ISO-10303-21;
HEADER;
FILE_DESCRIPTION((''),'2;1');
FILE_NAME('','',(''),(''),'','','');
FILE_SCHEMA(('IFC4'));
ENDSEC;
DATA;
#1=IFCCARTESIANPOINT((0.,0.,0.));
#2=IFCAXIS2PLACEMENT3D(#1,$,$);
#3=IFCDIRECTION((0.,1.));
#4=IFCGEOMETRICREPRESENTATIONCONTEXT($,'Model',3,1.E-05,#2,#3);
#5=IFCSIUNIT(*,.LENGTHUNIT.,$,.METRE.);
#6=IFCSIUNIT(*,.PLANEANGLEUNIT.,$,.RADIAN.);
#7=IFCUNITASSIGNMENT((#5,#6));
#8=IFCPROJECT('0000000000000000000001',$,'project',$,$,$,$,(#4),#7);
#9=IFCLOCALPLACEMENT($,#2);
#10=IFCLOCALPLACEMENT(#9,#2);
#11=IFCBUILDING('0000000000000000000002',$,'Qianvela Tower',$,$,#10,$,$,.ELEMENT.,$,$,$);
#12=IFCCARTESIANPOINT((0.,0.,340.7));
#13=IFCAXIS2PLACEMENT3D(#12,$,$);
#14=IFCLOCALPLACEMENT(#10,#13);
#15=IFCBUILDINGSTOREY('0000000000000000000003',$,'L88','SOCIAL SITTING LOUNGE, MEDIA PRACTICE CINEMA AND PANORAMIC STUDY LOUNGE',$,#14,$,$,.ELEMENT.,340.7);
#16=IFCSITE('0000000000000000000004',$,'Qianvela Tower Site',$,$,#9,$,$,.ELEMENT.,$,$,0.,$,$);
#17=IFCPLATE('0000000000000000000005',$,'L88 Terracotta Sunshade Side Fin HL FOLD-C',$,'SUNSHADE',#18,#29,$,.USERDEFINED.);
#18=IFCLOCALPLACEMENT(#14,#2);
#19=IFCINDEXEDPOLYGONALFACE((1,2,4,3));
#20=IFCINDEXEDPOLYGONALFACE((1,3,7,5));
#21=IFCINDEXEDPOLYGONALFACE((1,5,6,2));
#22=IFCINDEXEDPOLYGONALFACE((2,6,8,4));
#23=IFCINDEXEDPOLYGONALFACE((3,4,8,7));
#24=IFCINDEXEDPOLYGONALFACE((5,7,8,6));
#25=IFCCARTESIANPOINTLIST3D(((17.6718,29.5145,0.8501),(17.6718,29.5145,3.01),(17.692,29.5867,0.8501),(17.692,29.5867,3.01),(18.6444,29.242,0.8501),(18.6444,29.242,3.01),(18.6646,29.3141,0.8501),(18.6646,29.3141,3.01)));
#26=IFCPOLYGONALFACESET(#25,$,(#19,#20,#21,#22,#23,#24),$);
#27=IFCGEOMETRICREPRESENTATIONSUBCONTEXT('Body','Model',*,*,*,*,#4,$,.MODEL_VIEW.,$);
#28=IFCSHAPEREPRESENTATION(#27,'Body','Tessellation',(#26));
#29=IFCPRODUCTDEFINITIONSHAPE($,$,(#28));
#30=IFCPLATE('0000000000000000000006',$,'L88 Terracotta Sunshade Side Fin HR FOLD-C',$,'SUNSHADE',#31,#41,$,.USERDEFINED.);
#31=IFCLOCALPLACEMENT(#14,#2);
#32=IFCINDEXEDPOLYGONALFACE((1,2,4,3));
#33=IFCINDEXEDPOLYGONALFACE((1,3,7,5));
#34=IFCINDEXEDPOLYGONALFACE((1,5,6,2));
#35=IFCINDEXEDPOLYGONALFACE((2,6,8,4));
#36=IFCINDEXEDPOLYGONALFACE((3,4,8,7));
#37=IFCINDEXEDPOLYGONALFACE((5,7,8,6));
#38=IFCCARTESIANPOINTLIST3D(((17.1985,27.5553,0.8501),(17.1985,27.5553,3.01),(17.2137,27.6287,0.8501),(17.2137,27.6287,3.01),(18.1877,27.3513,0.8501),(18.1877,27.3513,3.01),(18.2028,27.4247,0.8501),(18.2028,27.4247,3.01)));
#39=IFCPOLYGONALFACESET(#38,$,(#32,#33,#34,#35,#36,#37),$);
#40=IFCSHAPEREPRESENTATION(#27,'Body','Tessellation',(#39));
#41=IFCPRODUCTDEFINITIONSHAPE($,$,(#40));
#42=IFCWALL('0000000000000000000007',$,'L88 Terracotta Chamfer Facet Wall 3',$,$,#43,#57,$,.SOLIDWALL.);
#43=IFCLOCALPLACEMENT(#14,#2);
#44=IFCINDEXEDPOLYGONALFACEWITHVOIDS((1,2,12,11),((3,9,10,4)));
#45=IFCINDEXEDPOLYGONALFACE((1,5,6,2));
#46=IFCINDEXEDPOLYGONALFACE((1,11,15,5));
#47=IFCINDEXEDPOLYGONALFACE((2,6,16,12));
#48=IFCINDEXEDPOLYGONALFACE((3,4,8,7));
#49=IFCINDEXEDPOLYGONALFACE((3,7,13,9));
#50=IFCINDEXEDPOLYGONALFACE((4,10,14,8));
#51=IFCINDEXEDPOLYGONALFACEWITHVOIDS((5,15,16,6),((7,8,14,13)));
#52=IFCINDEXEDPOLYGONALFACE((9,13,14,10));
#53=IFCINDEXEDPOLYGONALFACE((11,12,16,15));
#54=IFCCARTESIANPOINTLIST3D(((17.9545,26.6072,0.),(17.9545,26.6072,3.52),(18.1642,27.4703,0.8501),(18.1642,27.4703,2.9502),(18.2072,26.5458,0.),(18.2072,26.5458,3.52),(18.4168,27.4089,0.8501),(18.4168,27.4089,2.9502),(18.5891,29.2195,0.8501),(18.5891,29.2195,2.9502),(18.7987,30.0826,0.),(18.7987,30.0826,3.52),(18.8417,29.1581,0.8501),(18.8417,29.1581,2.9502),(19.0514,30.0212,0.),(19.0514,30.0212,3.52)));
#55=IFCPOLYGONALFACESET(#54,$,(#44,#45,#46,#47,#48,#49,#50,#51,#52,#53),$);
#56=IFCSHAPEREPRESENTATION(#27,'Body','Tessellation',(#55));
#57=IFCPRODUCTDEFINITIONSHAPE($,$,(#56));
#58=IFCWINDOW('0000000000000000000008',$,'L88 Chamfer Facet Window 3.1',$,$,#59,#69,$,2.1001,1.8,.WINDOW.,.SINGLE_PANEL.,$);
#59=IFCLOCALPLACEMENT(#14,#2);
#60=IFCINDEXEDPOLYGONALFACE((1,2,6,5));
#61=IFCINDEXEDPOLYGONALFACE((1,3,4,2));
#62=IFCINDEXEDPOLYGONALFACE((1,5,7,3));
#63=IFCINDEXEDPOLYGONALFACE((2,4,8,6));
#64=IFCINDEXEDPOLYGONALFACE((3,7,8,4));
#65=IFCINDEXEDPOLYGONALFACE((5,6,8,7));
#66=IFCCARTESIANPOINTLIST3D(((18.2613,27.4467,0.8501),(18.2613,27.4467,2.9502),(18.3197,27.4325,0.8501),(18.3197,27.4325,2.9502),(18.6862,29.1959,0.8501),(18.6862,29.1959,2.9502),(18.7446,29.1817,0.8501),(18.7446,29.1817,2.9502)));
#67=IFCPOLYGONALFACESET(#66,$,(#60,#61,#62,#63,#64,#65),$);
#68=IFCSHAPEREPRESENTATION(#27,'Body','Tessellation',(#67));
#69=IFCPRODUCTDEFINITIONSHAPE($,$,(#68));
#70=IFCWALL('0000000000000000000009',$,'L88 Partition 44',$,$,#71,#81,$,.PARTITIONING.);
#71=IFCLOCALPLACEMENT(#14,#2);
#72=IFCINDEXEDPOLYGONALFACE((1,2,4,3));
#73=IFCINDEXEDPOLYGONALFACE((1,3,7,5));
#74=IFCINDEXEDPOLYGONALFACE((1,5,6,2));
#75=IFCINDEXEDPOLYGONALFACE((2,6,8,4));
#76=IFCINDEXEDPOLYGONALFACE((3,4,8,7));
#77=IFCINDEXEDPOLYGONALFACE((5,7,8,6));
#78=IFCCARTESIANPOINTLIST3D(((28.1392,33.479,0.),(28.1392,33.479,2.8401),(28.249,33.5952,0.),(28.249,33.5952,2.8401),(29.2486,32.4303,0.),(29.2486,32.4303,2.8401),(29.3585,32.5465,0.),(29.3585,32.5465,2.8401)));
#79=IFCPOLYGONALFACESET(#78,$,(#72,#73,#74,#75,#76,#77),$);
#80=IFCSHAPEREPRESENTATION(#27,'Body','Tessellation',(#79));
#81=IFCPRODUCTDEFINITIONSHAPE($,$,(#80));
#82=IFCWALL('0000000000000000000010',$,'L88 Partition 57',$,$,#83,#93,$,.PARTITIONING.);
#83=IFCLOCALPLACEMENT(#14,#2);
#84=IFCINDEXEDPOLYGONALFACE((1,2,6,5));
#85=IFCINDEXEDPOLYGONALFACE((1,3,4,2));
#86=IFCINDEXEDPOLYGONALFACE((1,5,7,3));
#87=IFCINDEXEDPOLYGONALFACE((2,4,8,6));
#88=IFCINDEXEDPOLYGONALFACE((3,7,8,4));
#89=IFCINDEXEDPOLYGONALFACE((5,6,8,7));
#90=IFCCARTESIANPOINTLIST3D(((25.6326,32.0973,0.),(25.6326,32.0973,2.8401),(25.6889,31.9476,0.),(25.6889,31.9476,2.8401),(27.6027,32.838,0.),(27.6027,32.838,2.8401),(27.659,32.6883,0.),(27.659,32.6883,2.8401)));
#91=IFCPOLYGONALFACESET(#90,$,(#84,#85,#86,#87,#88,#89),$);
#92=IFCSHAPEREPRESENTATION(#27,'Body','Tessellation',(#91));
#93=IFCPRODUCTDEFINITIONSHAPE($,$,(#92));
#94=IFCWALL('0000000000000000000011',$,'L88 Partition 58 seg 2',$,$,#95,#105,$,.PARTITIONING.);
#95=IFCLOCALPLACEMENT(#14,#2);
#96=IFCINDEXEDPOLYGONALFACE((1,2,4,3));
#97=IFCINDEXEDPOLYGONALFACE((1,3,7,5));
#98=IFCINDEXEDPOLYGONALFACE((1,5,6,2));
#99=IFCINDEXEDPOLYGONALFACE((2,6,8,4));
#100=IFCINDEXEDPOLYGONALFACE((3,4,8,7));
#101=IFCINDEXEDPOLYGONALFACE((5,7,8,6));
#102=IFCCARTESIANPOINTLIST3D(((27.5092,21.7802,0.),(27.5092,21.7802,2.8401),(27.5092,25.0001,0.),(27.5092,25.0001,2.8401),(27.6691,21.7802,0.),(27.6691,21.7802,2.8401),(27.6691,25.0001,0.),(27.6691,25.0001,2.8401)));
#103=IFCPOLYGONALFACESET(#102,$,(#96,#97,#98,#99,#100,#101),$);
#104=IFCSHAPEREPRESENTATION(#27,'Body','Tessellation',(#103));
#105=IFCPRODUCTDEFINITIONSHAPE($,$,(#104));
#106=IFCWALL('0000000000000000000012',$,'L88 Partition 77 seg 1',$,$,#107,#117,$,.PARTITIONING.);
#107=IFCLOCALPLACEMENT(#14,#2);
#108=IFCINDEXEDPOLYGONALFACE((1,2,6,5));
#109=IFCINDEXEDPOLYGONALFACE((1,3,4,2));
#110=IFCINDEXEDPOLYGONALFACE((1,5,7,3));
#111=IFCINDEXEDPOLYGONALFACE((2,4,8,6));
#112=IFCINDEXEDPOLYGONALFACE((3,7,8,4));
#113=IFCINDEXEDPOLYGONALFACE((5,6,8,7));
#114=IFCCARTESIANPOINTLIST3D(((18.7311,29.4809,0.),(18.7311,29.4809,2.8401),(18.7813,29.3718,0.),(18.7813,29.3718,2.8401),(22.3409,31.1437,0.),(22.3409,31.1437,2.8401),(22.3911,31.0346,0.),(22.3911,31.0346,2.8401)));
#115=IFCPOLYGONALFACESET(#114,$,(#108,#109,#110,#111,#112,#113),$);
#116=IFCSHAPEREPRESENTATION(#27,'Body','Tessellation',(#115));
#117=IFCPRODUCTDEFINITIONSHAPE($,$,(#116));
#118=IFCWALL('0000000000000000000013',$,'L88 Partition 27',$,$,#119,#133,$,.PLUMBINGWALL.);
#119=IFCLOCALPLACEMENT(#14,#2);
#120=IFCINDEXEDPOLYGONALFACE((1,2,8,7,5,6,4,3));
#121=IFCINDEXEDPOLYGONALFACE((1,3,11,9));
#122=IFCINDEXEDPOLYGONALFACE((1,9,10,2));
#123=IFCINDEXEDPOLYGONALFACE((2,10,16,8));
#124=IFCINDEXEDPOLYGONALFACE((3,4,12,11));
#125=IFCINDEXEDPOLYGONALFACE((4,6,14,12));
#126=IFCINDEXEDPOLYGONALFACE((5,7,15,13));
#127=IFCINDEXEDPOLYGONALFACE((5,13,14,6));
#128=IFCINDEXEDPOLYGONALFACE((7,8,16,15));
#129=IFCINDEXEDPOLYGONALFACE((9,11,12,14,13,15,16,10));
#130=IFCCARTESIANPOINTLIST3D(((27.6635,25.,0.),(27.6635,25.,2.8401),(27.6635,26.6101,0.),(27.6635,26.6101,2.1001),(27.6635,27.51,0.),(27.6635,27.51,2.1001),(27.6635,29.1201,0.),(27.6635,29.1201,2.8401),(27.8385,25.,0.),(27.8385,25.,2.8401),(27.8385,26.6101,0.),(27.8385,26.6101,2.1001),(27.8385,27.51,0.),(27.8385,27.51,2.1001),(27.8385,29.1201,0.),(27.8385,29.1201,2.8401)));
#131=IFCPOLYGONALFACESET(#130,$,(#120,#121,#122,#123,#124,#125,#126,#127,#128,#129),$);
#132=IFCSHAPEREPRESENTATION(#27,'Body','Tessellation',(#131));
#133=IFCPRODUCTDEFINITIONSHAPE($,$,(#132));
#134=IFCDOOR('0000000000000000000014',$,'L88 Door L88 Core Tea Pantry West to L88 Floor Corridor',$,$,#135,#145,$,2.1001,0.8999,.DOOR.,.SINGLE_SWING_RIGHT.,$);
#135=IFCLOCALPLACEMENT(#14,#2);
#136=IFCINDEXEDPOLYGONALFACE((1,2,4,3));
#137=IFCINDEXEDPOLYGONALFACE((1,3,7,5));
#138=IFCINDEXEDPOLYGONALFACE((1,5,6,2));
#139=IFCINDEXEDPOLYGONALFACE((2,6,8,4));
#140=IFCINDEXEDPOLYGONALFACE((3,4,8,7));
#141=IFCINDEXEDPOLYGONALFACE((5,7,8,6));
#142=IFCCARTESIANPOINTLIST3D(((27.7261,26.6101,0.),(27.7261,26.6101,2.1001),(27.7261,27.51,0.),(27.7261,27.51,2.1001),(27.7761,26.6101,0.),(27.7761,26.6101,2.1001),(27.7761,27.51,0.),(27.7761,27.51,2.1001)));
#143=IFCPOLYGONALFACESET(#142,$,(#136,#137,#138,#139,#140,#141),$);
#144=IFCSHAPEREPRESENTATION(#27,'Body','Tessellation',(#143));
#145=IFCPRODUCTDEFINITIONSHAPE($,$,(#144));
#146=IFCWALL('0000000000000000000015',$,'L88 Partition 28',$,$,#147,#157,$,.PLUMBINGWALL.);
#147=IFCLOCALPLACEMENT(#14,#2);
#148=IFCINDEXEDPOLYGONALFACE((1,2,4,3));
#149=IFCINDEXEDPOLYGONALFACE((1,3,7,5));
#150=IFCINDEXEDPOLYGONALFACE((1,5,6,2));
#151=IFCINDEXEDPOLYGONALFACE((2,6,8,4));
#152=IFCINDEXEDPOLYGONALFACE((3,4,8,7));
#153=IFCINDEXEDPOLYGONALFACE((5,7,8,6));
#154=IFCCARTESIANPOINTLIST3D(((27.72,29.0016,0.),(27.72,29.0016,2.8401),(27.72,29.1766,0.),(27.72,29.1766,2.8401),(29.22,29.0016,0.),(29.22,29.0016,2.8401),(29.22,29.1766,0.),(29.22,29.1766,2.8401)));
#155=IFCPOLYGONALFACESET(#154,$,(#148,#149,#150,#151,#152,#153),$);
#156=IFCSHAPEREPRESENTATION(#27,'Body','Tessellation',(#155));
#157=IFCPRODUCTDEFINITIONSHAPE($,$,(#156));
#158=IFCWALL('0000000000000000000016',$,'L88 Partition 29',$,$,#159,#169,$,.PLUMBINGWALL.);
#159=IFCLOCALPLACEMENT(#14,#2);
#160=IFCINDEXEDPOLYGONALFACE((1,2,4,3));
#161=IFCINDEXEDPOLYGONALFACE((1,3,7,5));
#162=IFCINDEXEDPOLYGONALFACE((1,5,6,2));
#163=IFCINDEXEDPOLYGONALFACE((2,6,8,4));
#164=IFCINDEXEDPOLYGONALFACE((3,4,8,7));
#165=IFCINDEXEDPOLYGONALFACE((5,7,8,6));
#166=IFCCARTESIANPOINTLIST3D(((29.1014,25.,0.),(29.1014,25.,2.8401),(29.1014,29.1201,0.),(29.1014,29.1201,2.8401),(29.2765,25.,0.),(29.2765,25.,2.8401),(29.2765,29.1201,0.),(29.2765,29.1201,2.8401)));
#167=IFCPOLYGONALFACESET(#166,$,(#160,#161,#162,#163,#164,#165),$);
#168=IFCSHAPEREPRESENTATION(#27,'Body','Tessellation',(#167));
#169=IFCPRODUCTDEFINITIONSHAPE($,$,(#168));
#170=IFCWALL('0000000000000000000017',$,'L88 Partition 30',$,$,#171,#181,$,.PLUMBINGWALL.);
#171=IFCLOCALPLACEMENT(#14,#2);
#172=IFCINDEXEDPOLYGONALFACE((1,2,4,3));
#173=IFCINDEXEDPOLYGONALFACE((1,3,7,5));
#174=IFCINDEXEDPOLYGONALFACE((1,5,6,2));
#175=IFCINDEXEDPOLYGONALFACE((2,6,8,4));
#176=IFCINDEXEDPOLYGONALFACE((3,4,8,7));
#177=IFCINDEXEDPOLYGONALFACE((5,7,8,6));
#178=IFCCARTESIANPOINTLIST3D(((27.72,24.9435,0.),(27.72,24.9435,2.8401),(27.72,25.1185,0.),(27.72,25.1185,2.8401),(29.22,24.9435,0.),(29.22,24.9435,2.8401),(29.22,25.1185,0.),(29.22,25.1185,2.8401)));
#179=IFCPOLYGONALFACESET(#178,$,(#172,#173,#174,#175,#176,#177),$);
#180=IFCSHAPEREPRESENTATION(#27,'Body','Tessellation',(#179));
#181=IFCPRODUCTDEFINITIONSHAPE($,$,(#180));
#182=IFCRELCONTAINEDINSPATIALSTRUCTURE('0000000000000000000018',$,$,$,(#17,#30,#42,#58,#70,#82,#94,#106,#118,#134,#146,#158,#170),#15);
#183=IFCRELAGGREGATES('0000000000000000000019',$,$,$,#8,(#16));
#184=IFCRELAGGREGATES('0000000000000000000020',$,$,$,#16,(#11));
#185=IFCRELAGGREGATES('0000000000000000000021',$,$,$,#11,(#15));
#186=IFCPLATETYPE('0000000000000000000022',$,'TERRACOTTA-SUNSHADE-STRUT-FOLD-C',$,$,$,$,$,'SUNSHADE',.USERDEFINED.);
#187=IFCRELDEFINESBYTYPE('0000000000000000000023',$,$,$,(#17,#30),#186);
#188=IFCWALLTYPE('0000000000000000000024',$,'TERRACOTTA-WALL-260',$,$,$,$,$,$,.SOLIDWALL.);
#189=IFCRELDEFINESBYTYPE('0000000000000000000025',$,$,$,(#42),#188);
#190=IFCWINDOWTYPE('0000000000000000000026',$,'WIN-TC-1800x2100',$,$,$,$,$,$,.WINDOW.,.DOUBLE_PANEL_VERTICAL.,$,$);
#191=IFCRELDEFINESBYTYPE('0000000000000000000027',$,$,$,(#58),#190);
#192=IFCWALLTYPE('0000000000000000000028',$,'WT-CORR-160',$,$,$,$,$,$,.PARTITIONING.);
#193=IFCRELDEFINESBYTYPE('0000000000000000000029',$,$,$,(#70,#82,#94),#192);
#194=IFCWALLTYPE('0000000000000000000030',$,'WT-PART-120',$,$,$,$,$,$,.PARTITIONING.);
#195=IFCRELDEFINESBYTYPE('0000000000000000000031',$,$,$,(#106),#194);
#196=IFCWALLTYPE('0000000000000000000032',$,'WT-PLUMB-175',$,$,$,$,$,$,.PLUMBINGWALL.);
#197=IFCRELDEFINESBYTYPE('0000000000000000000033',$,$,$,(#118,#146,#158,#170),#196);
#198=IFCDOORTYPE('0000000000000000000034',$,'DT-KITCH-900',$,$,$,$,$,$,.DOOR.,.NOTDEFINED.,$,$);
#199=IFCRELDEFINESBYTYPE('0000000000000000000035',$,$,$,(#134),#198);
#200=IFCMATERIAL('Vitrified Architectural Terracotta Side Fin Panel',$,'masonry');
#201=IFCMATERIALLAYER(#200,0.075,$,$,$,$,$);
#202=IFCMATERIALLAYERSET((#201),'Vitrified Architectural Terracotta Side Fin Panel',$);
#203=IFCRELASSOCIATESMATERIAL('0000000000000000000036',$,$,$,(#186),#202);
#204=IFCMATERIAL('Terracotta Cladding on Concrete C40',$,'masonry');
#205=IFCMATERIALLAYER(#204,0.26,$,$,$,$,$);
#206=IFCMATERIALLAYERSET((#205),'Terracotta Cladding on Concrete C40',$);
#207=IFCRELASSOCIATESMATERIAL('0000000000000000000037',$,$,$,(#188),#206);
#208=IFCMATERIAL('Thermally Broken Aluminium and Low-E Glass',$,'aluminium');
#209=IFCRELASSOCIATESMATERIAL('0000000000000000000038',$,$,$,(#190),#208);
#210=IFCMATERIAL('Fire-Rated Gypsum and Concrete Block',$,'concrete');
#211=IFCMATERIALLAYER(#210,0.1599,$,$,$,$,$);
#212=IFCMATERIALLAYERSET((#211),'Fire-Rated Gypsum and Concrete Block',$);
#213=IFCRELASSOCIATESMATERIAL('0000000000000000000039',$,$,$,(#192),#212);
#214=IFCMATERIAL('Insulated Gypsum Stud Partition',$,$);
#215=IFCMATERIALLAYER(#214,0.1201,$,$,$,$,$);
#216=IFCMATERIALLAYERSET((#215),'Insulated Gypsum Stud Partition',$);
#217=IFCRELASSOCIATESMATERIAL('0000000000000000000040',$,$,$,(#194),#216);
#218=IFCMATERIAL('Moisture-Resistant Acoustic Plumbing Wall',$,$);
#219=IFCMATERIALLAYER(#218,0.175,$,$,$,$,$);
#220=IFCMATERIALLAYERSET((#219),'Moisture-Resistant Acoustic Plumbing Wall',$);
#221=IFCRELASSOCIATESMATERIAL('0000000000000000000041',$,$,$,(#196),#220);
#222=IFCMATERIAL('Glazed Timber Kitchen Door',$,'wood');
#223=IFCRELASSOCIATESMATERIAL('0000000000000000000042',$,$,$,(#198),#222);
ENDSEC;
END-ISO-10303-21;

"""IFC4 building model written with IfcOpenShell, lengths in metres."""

from ifc_helpers import new_model, si_unit, direction, frame, frame_2d, origin, origin_2d, place, context, subcontext, project, spatial, rectangle, extrude, material, layer, layer_set, type_object, element, fill, save


model = new_model("IFC4")

# Units and contexts
model_context = context("Model", 3, precision=1e-05, world=origin(), true_north=direction((0.0, 1.0)))
body_context = subcontext(model_context, "Body", "Model", "MODEL_VIEW")
ifc_project = project(units=[si_unit("LENGTHUNIT", "METRE"), si_unit("PLANEANGLEUNIT", "RADIAN")], contexts=[model_context])

# Site, building, storey
site_placement = place(None, origin())
site = spatial("IfcSite", under=ifc_project, at=site_placement, Name="Qianvela Tower Site", CompositionType="ELEMENT", RefElevation=0.0)
building_placement = place(site_placement, origin())
building = spatial("IfcBuilding", under=site, at=building_placement, Name="Qianvela Tower", CompositionType="ELEMENT")
storey_placement = place(building_placement, frame((0.0, 0.0, 340.7)))
storey = spatial("IfcBuildingStorey", under=building, at=storey_placement, Name="L88", Description="SOCIAL SITTING LOUNGE, MEDIA PRACTICE CINEMA AND PANORAMIC STUDY LOUNGE", CompositionType="ELEMENT", Elevation=340.7)

# Plates
ifc_material_1 = material(Name="Vitrified Architectural Terracotta Side Fin Panel", Category="masonry")
ifc_layer_1 = layer(ifc_material_1, 0.075)
ifc_layer_set_1 = layer_set([ifc_layer_1], Name="Vitrified Architectural Terracotta Side Fin Panel")
plate_type_1 = type_object("IfcPlateType", Name="TERRACOTTA-SUNSHADE-STRUT-FOLD-C", ElementType="SUNSHADE", PredefinedType="USERDEFINED", material=ifc_layer_set_1)
for number, where, z_axis, x_axis, name in (
    (1, (18.1682, 29.4143, 0.8501), (0.0, 0.0, 1.0), (-0.269819, -0.962911, 0.0), "L88 Terracotta Sunshade Side Fin HL FOLD-C"),
    (2, (17.7007, 27.49, 0.8501), (0.0, 0.0, 1.0), (-0.201993, -0.979387, 0.0), "L88 Terracotta Sunshade Side Fin HR FOLD-C"),
):
    element("IfcPlate", number, at=place(storey_placement, frame(where, z_axis=z_axis, x_axis=x_axis)), inside=storey, type_object=plate_type_1, Name=name, ObjectType="SUNSHADE", PredefinedType="USERDEFINED", context=body_context, shape_type="SweptSolid", body=[
        extrude(rectangle(XDim=0.075, YDim=1.01, at=origin_2d()), origin(), (0.0, 0.0, 1.0), 2.1599),
    ])

# Wall, opening, window
ifc_material_2 = material(Name="Terracotta Cladding on Concrete C40", Category="masonry")
ifc_layer_2 = layer(ifc_material_2, 0.26)
ifc_layer_set_2 = layer_set([ifc_layer_2], Name="Terracotta Cladding on Concrete C40")
wall_type_1 = type_object("IfcWallType", Name="TERRACOTTA-WALL-260", PredefinedType="SOLIDWALL", material=ifc_layer_set_2)
wall_1_placement = place(storey_placement, frame((18.925, 30.0518, 0.0), z_axis=(0.0, 0.0, 1.0), x_axis=(-0.236057, -0.971739, 0.0)))
wall_1 = element("IfcWall", 3, at=wall_1_placement, inside=storey, type_object=wall_type_1, Name="L88 Terracotta Chamfer Facet Wall 3", PredefinedType="SOLIDWALL", context=body_context, shape_type="SweptSolid", body=[
    extrude(rectangle(XDim=3.5764, YDim=0.26, at=frame_2d((1.7881, 0.0))), origin(), (0.0, 0.0, 1.0), 3.52),
])
opening_1_placement = place(wall_1_placement, frame((0.8882, 0.0, 0.8501)))
opening_1 = element("IfcOpeningElement", 4, at=opening_1_placement, cuts=wall_1, PredefinedType="OPENING", context=body_context, shape_type="SweptSolid", body=[
    extrude(rectangle(XDim=1.8, YDim=2.1001, at=frame_2d((0.8999, 1.05))), frame((0.0, 0.1399, 0.0), z_axis=(0.0, -1.0, 0.0), x_axis=(1.0, 0.0, 0.0)), (0.0, 0.0, 1.0), 0.28),
])
ifc_material_3 = material(Name="Thermally Broken Aluminium and Low-E Glass", Category="aluminium")
window_type = type_object("IfcWindowType", Name="WIN-TC-1800x2100", PartitioningType="DOUBLE_PANEL_VERTICAL", PredefinedType="WINDOW", material=ifc_material_3)
window_placement = place(opening_1_placement, origin())
window = element("IfcWindow", 5, at=window_placement, inside=storey, type_object=window_type, Name="L88 Chamfer Facet Window 3.1", OverallHeight=2.1001, OverallWidth=1.8, PartitioningType="SINGLE_PANEL", PredefinedType="WINDOW", context=body_context, shape_type="SweptSolid", body=[
    extrude(rectangle(XDim=1.8, YDim=2.1001, at=frame_2d((0.8999, 1.05))), frame((0.0, 0.03, 0.0), z_axis=(0.0, -1.0, 0.0), x_axis=(1.0, 0.0, 0.0)), (0.0, 0.0, 1.0), 0.0601),
])
fill(opening_1, window)

# Walls
ifc_material_4 = material(Name="Fire-Rated Gypsum and Concrete Block", Category="concrete")
ifc_layer_3 = layer(ifc_material_4, 0.1599)
ifc_layer_set_3 = layer_set([ifc_layer_3], Name="Fire-Rated Gypsum and Concrete Block")
wall_type_2 = type_object("IfcWallType", Name="WT-CORR-160", PredefinedType="PARTITIONING", material=ifc_layer_set_3)
wall_2_placement = place(storey_placement, frame((29.3035, 32.4885, 0.0), z_axis=(0.0, 0.0, 1.0), x_axis=(-0.726738, 0.686915, 0.0)))
element("IfcWall", 6, at=wall_2_placement, inside=storey, type_object=wall_type_2, Name="L88 Partition 44", PredefinedType="PARTITIONING", context=body_context, shape_type="SweptSolid", body=[
    extrude(rectangle(XDim=1.5266, YDim=0.1599, at=frame_2d((0.7632, 0.0))), origin(), (0.0, 0.0, 1.0), 2.8401),
])
wall_3_placement = place(storey_placement, frame((25.6609, 32.0225, 0.0), z_axis=(0.0, 0.0, 1.0), x_axis=(0.936019, 0.35195, 0.0)))
element("IfcWall", 7, at=wall_3_placement, inside=storey, type_object=wall_type_2, Name="L88 Partition 57", PredefinedType="PARTITIONING", context=body_context, shape_type="SweptSolid", body=[
    extrude(rectangle(XDim=2.1047, YDim=0.1599, at=frame_2d((1.0522, 0.0))), origin(), (0.0, 0.0, 1.0), 2.8401),
])
wall_4_placement = place(storey_placement, frame((27.5891, 25.0, 0.0), z_axis=(0.0, 0.0, 1.0), x_axis=(0.0, -1.0, 0.0)))
element("IfcWall", 8, at=wall_4_placement, inside=storey, type_object=wall_type_2, Name="L88 Partition 58 seg 2", PredefinedType="PARTITIONING", context=body_context, shape_type="SweptSolid", body=[
    extrude(rectangle(XDim=3.22, YDim=0.1599, at=frame_2d((1.6099, 0.0))), origin(), (0.0, 0.0, 1.0), 2.8401),
])
ifc_material_5 = material(Name="Insulated Gypsum Stud Partition")
ifc_layer_4 = layer(ifc_material_5, 0.1201)
ifc_layer_set_4 = layer_set([ifc_layer_4], Name="Insulated Gypsum Stud Partition")
wall_type_3 = type_object("IfcWallType", Name="WT-PART-120", PredefinedType="PARTITIONING", material=ifc_layer_set_4)
wall_5_placement = place(storey_placement, frame((18.7561, 29.4263, 0.0), z_axis=(0.0, 0.0, 1.0), x_axis=(0.90827, 0.418384, 0.0)))
element("IfcWall", 9, at=wall_5_placement, inside=storey, type_object=wall_type_3, Name="L88 Partition 77 seg 1", PredefinedType="PARTITIONING", context=body_context, shape_type="SweptSolid", body=[
    extrude(rectangle(XDim=3.9744, YDim=0.1201, at=frame_2d((1.9873, 0.0))), origin(), (0.0, 0.0, 1.0), 2.8401),
])

# Wall, opening, door
ifc_material_6 = material(Name="Moisture-Resistant Acoustic Plumbing Wall")
ifc_layer_5 = layer(ifc_material_6, 0.175)
ifc_layer_set_5 = layer_set([ifc_layer_5], Name="Moisture-Resistant Acoustic Plumbing Wall")
wall_type_4 = type_object("IfcWallType", Name="WT-PLUMB-175", PredefinedType="PLUMBINGWALL", material=ifc_layer_set_5)
wall_6_placement = place(storey_placement, frame((27.751, 25.0, 0.0), z_axis=(0.0, 0.0, 1.0), x_axis=(0.0, 1.0, 0.0)))
wall_6 = element("IfcWall", 10, at=wall_6_placement, inside=storey, type_object=wall_type_4, Name="L88 Partition 27", PredefinedType="PLUMBINGWALL", context=body_context, shape_type="SweptSolid", body=[
    extrude(rectangle(XDim=4.1201, YDim=0.175, at=frame_2d((2.0601, 0.0))), origin(), (0.0, 0.0, 1.0), 2.8401),
])
opening_2_placement = place(wall_6_placement, frame((1.6101, 0.0, 0.0)))
opening_2 = element("IfcOpeningElement", 11, at=opening_2_placement, cuts=wall_6, PredefinedType="OPENING", context=body_context, shape_type="SweptSolid", body=[
    extrude(rectangle(XDim=0.8999, YDim=2.1001, at=frame_2d((0.45, 1.05))), frame((0.0, 0.0974, 0.0), z_axis=(0.0, -1.0, 0.0), x_axis=(1.0, 0.0, 0.0)), (0.0, 0.0, 1.0), 0.1951),
])
ifc_material_7 = material(Name="Glazed Timber Kitchen Door", Category="wood")
door_type_1 = type_object("IfcDoorType", Name="DT-KITCH-900", OperationType="NOTDEFINED", PredefinedType="DOOR", material=ifc_material_7)
door_1_placement = place(opening_2_placement, origin())
door_1 = element("IfcDoor", 12, at=door_1_placement, inside=storey, type_object=door_type_1, Name="L88 Door L88 Core Tea Pantry West to L88 Floor Corridor", OperationType="SINGLE_SWING_RIGHT", OverallHeight=2.1001, OverallWidth=0.8999, PredefinedType="DOOR", context=body_context, shape_type="SweptSolid", body=[
    extrude(rectangle(XDim=0.8999, YDim=2.1001, at=frame_2d((0.45, 1.05))), frame((0.0, 0.0249, 0.0), z_axis=(0.0, -1.0, 0.0), x_axis=(1.0, 0.0, 0.0)), (0.0, 0.0, 1.0), 0.05),
])
fill(opening_2, door_1)

# Walls
wall_7_placement = place(storey_placement, frame((27.72, 29.0891, 0.0), z_axis=(0.0, 0.0, 1.0), x_axis=(1.0, 0.0, 0.0)))
element("IfcWall", 13, at=wall_7_placement, inside=storey, type_object=wall_type_4, Name="L88 Partition 28", PredefinedType="PLUMBINGWALL", context=body_context, shape_type="SweptSolid", body=[
    extrude(rectangle(XDim=1.5, YDim=0.175, at=frame_2d((0.75, 0.0))), origin(), (0.0, 0.0, 1.0), 2.8401),
])
wall_8_placement = place(storey_placement, frame((29.189, 29.1201, 0.0), z_axis=(0.0, 0.0, 1.0), x_axis=(0.0, -1.0, 0.0)))
element("IfcWall", 14, at=wall_8_placement, inside=storey, type_object=wall_type_4, Name="L88 Partition 29", PredefinedType="PLUMBINGWALL", context=body_context, shape_type="SweptSolid", body=[
    extrude(rectangle(XDim=4.1201, YDim=0.175, at=frame_2d((2.0601, 0.0))), origin(), (0.0, 0.0, 1.0), 2.8401),
])
wall_9_placement = place(storey_placement, frame((29.22, 25.031, 0.0), z_axis=(0.0, 0.0, 1.0), x_axis=(-1.0, 0.0, 0.0)))
element("IfcWall", 15, at=wall_9_placement, inside=storey, type_object=wall_type_4, Name="L88 Partition 30", PredefinedType="PLUMBINGWALL", context=body_context, shape_type="SweptSolid", body=[
    extrude(rectangle(XDim=1.5, YDim=0.175, at=frame_2d((0.75, 0.0))), origin(), (0.0, 0.0, 1.0), 2.8401),
])

save(model, "model.ifc")
